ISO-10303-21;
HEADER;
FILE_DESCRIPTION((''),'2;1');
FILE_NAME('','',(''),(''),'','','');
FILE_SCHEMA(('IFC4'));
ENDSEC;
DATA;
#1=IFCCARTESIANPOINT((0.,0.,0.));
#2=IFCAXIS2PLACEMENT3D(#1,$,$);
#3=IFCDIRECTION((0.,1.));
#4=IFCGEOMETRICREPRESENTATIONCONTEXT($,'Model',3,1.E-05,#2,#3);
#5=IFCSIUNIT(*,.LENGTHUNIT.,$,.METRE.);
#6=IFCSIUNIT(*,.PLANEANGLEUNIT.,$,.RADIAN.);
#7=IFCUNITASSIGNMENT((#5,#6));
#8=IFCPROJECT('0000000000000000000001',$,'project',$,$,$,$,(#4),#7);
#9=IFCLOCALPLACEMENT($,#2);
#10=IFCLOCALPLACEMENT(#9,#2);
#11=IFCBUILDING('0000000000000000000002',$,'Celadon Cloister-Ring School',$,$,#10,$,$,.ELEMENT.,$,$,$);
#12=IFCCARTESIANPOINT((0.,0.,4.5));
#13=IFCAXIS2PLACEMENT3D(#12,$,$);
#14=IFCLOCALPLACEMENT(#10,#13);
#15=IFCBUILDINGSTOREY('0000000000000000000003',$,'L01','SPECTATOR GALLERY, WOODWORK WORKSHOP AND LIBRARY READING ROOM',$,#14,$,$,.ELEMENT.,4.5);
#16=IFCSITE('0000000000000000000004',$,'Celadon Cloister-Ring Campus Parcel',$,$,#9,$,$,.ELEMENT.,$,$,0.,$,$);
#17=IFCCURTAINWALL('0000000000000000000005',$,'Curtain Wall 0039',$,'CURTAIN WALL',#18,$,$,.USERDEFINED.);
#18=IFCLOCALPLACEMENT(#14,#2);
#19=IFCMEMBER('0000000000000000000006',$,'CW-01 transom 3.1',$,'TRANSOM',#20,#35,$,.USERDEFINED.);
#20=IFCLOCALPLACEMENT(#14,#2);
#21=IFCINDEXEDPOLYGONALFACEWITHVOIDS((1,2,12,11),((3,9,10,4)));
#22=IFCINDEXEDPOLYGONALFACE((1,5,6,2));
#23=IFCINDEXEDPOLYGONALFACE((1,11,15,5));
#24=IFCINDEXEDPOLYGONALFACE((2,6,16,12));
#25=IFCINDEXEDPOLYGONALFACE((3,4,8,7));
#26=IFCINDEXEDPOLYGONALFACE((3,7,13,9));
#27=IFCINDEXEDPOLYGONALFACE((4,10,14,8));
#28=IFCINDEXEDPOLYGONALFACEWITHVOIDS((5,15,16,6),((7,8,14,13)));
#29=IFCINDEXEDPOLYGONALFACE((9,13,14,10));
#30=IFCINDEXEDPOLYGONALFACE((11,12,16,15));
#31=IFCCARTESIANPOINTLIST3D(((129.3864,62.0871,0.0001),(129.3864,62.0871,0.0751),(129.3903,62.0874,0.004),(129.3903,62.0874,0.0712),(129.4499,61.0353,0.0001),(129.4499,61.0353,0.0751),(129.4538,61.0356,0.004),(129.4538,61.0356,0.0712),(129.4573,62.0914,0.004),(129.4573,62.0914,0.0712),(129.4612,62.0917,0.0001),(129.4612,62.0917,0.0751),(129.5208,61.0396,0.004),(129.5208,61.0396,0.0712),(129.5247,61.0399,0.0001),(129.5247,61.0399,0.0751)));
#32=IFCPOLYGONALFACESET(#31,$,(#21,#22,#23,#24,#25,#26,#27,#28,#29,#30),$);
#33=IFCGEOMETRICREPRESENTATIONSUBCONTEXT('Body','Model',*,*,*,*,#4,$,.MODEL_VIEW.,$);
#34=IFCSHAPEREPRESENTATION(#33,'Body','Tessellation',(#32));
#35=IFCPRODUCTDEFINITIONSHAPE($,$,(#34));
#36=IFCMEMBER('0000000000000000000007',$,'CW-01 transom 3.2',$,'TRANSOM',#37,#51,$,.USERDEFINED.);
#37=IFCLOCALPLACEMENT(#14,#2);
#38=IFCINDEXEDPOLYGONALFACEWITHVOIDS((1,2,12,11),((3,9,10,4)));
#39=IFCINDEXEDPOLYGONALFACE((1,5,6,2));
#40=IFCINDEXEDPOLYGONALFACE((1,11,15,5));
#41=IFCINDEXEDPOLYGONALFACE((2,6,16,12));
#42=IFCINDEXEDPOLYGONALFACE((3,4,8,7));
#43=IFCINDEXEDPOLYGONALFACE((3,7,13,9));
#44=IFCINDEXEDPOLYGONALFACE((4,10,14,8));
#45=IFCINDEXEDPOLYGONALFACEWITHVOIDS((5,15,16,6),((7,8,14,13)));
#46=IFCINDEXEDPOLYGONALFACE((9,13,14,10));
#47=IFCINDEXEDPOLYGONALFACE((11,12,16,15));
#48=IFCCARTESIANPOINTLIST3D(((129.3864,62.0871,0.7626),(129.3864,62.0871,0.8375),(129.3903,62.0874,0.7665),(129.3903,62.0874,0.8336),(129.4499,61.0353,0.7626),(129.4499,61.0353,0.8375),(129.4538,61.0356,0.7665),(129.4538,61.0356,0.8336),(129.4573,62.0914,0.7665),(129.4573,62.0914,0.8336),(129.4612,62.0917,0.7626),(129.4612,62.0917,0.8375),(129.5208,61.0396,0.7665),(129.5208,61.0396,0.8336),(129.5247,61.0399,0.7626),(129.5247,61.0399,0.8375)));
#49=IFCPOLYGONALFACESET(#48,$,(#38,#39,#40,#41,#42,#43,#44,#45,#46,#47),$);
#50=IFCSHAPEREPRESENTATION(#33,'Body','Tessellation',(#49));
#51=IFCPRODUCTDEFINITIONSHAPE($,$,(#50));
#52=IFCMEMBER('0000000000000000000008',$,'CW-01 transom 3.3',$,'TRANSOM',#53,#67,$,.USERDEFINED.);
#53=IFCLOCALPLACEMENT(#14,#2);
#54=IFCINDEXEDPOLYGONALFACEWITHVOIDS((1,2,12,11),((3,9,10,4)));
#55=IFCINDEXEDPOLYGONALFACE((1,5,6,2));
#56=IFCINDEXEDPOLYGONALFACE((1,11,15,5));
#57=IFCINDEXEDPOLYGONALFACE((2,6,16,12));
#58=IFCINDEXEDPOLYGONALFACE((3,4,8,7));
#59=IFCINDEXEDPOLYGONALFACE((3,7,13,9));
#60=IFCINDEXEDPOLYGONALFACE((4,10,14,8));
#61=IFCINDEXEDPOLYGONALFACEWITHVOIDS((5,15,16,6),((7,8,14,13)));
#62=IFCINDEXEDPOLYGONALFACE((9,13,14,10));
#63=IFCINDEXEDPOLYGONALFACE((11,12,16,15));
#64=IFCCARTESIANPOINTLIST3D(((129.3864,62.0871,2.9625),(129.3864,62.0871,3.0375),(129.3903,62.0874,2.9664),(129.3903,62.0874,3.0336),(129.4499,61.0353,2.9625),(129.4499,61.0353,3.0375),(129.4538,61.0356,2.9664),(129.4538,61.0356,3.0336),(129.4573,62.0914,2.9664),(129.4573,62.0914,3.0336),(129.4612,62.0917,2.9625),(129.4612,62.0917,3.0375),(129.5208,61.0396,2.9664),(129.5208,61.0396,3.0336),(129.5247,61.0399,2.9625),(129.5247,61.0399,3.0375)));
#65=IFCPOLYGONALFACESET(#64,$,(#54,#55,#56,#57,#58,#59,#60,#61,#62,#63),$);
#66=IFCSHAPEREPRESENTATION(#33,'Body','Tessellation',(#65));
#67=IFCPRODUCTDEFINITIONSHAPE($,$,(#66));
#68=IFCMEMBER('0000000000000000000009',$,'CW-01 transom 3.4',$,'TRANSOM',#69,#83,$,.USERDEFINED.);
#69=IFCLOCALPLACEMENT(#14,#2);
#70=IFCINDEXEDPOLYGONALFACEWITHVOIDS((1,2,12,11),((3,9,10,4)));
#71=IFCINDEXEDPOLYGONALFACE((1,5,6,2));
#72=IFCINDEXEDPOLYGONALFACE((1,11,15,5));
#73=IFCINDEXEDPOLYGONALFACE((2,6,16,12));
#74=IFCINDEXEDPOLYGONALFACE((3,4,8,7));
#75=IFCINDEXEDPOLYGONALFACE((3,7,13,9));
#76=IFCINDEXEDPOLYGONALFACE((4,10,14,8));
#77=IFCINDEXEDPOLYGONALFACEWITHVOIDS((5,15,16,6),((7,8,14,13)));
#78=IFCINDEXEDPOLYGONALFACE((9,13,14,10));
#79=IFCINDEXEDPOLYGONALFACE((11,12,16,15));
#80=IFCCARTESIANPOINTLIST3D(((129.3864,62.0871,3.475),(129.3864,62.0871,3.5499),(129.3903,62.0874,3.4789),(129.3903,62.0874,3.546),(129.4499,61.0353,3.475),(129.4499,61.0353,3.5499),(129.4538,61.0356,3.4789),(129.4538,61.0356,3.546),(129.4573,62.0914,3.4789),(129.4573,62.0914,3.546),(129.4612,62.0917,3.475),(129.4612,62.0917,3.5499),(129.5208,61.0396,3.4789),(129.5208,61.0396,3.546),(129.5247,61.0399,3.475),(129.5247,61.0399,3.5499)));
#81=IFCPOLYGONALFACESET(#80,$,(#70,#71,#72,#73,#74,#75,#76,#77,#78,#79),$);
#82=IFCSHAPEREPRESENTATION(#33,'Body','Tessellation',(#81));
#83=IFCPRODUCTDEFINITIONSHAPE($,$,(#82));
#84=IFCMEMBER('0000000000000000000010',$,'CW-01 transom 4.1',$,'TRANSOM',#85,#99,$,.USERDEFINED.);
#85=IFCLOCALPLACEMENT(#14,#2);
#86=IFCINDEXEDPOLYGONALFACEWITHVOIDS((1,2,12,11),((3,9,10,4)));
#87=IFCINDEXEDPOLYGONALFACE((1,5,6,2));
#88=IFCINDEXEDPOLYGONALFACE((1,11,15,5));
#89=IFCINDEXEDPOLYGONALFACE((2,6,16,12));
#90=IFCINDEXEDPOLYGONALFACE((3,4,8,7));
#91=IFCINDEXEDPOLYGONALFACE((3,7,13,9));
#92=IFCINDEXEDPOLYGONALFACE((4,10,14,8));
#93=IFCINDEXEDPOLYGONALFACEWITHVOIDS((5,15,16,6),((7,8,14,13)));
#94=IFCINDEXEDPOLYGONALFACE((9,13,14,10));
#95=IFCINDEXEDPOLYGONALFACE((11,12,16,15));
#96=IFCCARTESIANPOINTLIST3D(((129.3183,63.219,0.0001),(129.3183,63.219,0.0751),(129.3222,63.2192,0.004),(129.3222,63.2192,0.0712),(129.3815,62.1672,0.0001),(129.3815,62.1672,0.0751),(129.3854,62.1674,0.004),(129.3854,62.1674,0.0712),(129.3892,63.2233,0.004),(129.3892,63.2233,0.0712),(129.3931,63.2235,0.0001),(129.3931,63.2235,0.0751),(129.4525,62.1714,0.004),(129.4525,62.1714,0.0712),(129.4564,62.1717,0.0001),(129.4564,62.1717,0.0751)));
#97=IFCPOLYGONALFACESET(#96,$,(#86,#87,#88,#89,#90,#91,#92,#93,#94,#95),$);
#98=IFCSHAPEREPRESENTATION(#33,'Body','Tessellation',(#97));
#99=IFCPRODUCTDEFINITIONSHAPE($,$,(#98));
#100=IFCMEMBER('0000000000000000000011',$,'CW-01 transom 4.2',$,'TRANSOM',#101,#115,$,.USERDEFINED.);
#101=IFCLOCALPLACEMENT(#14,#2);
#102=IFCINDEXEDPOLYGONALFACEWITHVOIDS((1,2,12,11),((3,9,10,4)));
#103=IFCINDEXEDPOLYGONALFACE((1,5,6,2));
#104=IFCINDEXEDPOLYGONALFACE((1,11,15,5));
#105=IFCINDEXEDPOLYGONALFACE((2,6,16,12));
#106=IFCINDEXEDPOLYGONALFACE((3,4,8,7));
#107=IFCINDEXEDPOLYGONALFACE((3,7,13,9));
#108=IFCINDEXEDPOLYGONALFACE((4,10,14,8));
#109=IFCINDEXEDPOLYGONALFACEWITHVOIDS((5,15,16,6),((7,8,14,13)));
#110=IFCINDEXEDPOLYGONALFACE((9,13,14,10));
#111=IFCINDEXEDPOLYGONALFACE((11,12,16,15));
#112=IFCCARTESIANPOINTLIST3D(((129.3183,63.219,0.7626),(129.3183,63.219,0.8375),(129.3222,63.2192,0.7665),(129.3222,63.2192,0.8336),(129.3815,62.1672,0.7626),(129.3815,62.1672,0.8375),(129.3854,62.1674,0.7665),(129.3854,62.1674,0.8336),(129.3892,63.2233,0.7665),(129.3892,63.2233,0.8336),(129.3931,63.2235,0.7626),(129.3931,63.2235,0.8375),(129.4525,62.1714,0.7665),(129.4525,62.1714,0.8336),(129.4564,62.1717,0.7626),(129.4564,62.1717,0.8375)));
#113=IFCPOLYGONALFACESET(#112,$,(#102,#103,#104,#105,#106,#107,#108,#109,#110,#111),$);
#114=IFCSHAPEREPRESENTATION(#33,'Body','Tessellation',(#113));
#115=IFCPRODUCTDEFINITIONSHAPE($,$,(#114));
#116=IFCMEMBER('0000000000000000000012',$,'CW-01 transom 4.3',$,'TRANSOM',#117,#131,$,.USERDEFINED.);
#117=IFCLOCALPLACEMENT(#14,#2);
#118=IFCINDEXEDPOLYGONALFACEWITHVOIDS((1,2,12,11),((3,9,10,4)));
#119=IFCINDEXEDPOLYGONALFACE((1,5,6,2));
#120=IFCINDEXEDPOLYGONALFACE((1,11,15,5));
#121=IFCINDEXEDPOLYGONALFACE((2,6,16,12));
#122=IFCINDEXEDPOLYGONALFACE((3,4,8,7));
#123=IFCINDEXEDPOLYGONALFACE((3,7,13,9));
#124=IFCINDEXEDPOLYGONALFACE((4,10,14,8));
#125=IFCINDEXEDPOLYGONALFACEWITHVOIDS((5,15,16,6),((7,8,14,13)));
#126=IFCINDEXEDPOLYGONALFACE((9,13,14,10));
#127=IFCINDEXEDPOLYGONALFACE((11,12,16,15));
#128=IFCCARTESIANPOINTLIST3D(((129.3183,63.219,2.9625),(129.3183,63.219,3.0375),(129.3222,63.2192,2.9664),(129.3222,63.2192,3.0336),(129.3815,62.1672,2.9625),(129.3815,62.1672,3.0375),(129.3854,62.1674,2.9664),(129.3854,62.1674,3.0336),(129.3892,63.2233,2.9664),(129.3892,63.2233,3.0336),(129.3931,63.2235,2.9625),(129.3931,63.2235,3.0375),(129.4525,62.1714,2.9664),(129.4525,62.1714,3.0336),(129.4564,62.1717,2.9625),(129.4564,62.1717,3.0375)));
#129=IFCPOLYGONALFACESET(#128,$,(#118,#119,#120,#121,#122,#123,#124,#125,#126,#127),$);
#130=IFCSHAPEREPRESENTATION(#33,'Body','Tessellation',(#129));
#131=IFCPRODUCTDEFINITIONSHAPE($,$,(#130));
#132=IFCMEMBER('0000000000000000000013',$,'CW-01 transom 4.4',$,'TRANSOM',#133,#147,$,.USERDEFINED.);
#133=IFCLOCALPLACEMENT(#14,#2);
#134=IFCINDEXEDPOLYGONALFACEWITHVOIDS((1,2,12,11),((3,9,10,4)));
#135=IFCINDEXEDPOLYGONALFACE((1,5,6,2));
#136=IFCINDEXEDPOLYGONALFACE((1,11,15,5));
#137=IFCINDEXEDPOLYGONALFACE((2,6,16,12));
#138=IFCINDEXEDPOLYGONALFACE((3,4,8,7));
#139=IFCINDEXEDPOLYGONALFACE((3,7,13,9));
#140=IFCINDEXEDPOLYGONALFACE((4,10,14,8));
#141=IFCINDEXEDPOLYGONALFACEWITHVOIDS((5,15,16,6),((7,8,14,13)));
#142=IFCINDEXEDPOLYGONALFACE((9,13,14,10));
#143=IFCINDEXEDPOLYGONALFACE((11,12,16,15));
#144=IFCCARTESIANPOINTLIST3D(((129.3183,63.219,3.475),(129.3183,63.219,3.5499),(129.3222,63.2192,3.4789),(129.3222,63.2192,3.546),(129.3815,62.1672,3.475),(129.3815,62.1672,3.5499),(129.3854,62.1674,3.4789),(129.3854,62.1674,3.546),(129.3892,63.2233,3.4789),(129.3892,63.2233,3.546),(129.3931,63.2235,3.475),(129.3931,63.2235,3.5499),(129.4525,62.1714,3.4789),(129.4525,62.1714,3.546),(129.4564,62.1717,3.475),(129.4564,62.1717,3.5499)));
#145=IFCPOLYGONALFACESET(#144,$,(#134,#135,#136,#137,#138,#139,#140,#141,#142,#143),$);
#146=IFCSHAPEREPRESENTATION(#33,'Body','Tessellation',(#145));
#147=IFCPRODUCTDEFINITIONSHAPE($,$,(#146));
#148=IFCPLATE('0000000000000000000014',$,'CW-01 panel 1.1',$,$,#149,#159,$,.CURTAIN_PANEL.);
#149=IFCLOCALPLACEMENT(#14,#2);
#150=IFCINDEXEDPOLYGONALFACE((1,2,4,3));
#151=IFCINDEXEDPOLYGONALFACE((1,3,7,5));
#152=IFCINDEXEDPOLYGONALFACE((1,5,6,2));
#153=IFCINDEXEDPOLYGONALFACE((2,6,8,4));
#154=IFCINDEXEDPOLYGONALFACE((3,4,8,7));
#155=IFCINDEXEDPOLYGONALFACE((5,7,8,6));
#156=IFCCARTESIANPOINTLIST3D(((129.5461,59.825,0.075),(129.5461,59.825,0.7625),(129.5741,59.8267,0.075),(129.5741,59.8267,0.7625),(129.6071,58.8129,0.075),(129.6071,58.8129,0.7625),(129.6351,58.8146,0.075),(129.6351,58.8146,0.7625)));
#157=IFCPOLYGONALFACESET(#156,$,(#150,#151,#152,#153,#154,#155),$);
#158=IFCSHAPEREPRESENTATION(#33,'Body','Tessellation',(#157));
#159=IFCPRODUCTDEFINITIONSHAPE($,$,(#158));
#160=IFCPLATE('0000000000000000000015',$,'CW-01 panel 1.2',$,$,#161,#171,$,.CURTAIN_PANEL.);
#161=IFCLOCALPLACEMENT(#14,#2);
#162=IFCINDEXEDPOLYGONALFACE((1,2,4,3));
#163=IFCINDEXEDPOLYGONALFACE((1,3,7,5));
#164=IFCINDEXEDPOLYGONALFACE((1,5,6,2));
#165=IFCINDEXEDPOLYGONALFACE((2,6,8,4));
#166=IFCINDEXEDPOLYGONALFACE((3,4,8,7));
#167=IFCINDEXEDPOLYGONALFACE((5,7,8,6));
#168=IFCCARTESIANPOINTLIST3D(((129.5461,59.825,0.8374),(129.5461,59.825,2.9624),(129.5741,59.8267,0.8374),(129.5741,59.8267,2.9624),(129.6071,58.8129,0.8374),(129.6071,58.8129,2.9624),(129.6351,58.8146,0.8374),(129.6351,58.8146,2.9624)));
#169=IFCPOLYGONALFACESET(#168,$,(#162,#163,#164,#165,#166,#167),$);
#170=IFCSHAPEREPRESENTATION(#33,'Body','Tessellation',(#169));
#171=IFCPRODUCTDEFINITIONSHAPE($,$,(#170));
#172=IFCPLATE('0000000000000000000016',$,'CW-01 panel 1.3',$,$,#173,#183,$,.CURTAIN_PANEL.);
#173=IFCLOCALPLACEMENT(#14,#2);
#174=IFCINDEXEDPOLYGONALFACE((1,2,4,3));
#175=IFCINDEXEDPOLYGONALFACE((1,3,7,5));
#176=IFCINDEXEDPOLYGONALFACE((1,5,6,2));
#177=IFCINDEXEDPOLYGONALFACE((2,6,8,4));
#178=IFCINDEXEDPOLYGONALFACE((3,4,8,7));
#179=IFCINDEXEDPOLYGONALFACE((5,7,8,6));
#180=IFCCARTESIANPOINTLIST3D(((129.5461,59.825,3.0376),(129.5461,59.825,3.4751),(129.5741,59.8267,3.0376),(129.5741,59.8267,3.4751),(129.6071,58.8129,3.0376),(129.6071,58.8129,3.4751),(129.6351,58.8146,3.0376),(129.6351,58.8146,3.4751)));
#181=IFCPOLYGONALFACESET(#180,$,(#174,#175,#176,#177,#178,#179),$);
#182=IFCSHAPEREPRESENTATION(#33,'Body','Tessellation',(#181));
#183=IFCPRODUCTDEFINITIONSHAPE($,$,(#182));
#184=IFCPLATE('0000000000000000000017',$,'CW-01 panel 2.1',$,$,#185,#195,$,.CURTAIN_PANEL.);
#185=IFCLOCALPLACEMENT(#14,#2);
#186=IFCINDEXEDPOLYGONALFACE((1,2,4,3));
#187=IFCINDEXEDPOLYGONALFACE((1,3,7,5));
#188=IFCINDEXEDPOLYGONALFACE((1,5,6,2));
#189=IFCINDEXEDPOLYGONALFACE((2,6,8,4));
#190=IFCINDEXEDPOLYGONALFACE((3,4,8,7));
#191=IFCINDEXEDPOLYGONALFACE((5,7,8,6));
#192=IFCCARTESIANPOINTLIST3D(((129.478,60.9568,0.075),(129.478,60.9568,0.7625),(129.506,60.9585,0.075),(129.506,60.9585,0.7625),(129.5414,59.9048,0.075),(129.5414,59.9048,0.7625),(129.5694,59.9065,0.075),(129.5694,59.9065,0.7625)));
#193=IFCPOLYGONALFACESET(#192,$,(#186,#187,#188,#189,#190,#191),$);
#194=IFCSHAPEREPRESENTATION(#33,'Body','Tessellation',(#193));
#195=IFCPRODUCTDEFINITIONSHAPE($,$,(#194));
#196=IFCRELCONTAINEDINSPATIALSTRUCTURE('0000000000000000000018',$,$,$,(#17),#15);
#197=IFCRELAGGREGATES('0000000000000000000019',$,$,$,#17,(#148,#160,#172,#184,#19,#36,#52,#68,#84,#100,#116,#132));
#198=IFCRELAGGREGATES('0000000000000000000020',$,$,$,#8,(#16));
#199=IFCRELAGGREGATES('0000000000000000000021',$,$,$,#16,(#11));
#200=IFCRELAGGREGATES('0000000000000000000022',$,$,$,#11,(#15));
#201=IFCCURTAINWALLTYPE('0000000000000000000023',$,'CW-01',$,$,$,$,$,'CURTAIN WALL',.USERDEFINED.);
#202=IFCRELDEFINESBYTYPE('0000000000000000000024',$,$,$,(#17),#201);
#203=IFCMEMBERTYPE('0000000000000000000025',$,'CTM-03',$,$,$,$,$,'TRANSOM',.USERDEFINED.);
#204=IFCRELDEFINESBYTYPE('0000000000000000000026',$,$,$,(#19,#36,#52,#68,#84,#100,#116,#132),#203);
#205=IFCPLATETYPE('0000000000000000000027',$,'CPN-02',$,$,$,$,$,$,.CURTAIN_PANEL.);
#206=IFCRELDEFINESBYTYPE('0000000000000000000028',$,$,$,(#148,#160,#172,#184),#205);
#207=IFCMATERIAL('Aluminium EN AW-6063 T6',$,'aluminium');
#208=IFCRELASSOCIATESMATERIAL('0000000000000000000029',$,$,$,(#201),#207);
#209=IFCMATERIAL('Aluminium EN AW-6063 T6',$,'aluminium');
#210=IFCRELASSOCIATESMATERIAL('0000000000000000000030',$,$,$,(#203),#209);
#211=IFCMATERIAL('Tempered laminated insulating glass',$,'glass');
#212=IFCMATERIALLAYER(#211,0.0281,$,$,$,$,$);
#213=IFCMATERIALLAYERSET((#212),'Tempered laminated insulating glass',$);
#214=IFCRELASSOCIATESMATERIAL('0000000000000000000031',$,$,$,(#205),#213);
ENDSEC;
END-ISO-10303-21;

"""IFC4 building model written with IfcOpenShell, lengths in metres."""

from ifc_helpers import new_model, si_unit, direction, frame, origin, origin_2d, place, context, subcontext, project, spatial, rectangle, hollow_rectangle, extrude, material, layer, layer_set, material_profile, profile_set, type_object, element, aggregate, save


model = new_model("IFC4")

# Units and contexts
model_context = context("Model", 3, precision=1e-05, world=origin(), true_north=direction((0.0, 1.0)))
body_context = subcontext(model_context, "Body", "Model", "MODEL_VIEW")
ifc_project = project(units=[si_unit("LENGTHUNIT", "METRE"), si_unit("PLANEANGLEUNIT", "RADIAN")], contexts=[model_context])

# Site, building, storey
site_placement = place(None, origin())
site = spatial("IfcSite", under=ifc_project, at=site_placement, Name="Celadon Cloister-Ring Campus Parcel", CompositionType="ELEMENT", RefElevation=0.0)
building_placement = place(site_placement, origin())
building = spatial("IfcBuilding", under=site, at=building_placement, Name="Celadon Cloister-Ring School", CompositionType="ELEMENT")
storey_placement = place(building_placement, frame((0.0, 0.0, 4.5)))
storey = spatial("IfcBuildingStorey", under=building, at=storey_placement, Name="L01", Description="SPECTATOR GALLERY, WOODWORK WORKSHOP AND LIBRARY READING ROOM", CompositionType="ELEMENT", Elevation=4.5)

# Curtain wall, members, plates
ifc_material_1 = material(Name="Aluminium EN AW-6063 T6", Category="aluminium")
curtain_wall_type = type_object("IfcCurtainWallType", Name="CW-01", ElementType="CURTAIN WALL", PredefinedType="USERDEFINED", material=ifc_material_1)
curtain_wall_placement = place(storey_placement, origin())
curtain_wall = element("IfcCurtainWall", 1, at=curtain_wall_placement, inside=storey, type_object=curtain_wall_type, Name="Curtain Wall 0039", ObjectType="CURTAIN WALL", PredefinedType="USERDEFINED")
ifc_material_2 = material(Name="Aluminium EN AW-6063 T6", Category="aluminium")
ifc_material_profile_1 = material_profile(ifc_material_2, hollow_rectangle(XDim=0.075, YDim=0.075, WallThickness=0.0039, at=origin_2d()), Name="RHS75X75X4")
ifc_profile_set_1 = profile_set([ifc_material_profile_1], Name="Aluminium EN AW-6063 T6")
member_type_1 = type_object("IfcMemberType", Name="CTM-03", ElementType="TRANSOM", PredefinedType="USERDEFINED", material=ifc_profile_set_1)
member_1_placement = place(storey_placement, frame((129.4873, 61.0376, 0.0376), z_axis=(-0.060243, 0.998184, 0.0), x_axis=(-0.998184, -0.060243, 0.0)))
member_1 = element("IfcMember", 2, at=member_1_placement, type_object=member_type_1, Name="CW-01 transom 3.1", ObjectType="TRANSOM", PredefinedType="USERDEFINED", context=body_context, shape_type="SweptSolid", body=[
    extrude(hollow_rectangle(XDim=0.075, YDim=0.075, WallThickness=0.0039, at=origin_2d()), origin(), (0.0, 0.0, 1.0), 1.0537),
])
member_2_placement = place(storey_placement, frame((129.4873, 61.0376, 0.8), z_axis=(-0.060243, 0.998184, 0.0), x_axis=(-0.998184, -0.060243, 0.0)))
member_2 = element("IfcMember", 3, at=member_2_placement, type_object=member_type_1, Name="CW-01 transom 3.2", ObjectType="TRANSOM", PredefinedType="USERDEFINED", context=body_context, shape_type="SweptSolid", body=[
    extrude(hollow_rectangle(XDim=0.075, YDim=0.075, WallThickness=0.0039, at=origin_2d()), origin(), (0.0, 0.0, 1.0), 1.0537),
])
member_3_placement = place(storey_placement, frame((129.4873, 61.0376, 3.0), z_axis=(-0.060243, 0.998184, 0.0), x_axis=(-0.998184, -0.060243, 0.0)))
member_3 = element("IfcMember", 4, at=member_3_placement, type_object=member_type_1, Name="CW-01 transom 3.3", ObjectType="TRANSOM", PredefinedType="USERDEFINED", context=body_context, shape_type="SweptSolid", body=[
    extrude(hollow_rectangle(XDim=0.075, YDim=0.075, WallThickness=0.0039, at=origin_2d()), origin(), (0.0, 0.0, 1.0), 1.0537),
])
member_4_placement = place(storey_placement, frame((129.4873, 61.0376, 3.5125), z_axis=(-0.060243, 0.998184, 0.0), x_axis=(-0.998184, -0.060243, 0.0)))
member_4 = element("IfcMember", 5, at=member_4_placement, type_object=member_type_1, Name="CW-01 transom 3.4", ObjectType="TRANSOM", PredefinedType="USERDEFINED", context=body_context, shape_type="SweptSolid", body=[
    extrude(hollow_rectangle(XDim=0.075, YDim=0.075, WallThickness=0.0039, at=origin_2d()), origin(), (0.0, 0.0, 1.0), 1.0537),
])
member_5_placement = place(storey_placement, frame((129.4189, 62.1694, 0.0376), z_axis=(-0.060012, 0.998198, 0.0), x_axis=(-0.998198, -0.060012, 0.0)))
member_5 = element("IfcMember", 6, at=member_5_placement, type_object=member_type_1, Name="CW-01 transom 4.1", ObjectType="TRANSOM", PredefinedType="USERDEFINED", context=body_context, shape_type="SweptSolid", body=[
    extrude(hollow_rectangle(XDim=0.075, YDim=0.075, WallThickness=0.0039, at=origin_2d()), origin(), (0.0, 0.0, 1.0), 1.0537),
])
member_6_placement = place(storey_placement, frame((129.4189, 62.1694, 0.8), z_axis=(-0.060012, 0.998198, 0.0), x_axis=(-0.998198, -0.060012, 0.0)))
member_6 = element("IfcMember", 7, at=member_6_placement, type_object=member_type_1, Name="CW-01 transom 4.2", ObjectType="TRANSOM", PredefinedType="USERDEFINED", context=body_context, shape_type="SweptSolid", body=[
    extrude(hollow_rectangle(XDim=0.075, YDim=0.075, WallThickness=0.0039, at=origin_2d()), origin(), (0.0, 0.0, 1.0), 1.0537),
])
member_7_placement = place(storey_placement, frame((129.4189, 62.1694, 3.0), z_axis=(-0.060012, 0.998198, 0.0), x_axis=(-0.998198, -0.060012, 0.0)))
member_7 = element("IfcMember", 8, at=member_7_placement, type_object=member_type_1, Name="CW-01 transom 4.3", ObjectType="TRANSOM", PredefinedType="USERDEFINED", context=body_context, shape_type="SweptSolid", body=[
    extrude(hollow_rectangle(XDim=0.075, YDim=0.075, WallThickness=0.0039, at=origin_2d()), origin(), (0.0, 0.0, 1.0), 1.0537),
])
member_8_placement = place(storey_placement, frame((129.4189, 62.1694, 3.5125), z_axis=(-0.060012, 0.998198, 0.0), x_axis=(-0.998198, -0.060012, 0.0)))
member_8 = element("IfcMember", 9, at=member_8_placement, type_object=member_type_1, Name="CW-01 transom 4.4", ObjectType="TRANSOM", PredefinedType="USERDEFINED", context=body_context, shape_type="SweptSolid", body=[
    extrude(hollow_rectangle(XDim=0.075, YDim=0.075, WallThickness=0.0039, at=origin_2d()), origin(), (0.0, 0.0, 1.0), 1.0537),
])
ifc_material_3 = material(Name="Tempered laminated insulating glass", Category="glass")
ifc_layer = layer(ifc_material_3, 0.0281)
ifc_layer_set = layer_set([ifc_layer], Name="Tempered laminated insulating glass")
plate_type = type_object("IfcPlateType", Name="CPN-02", PredefinedType="CURTAIN_PANEL", material=ifc_layer_set)
plate_1_placement = place(storey_placement, frame((129.5906, 59.3198, 0.075), z_axis=(0.0, 0.0, 1.0), x_axis=(-0.060149, 0.998189, 0.0)))
plate_1 = element("IfcPlate", 10, at=plate_1_placement, type_object=plate_type, Name="CW-01 panel 1.1", PredefinedType="CURTAIN_PANEL", context=body_context, shape_type="SweptSolid", body=[
    extrude(rectangle(XDim=1.0139, YDim=0.0281, at=origin_2d()), origin(), (0.0, 0.0, 1.0), 0.6875),
])
plate_2_placement = place(storey_placement, frame((129.5906, 59.3198, 0.8374), z_axis=(0.0, 0.0, 1.0), x_axis=(-0.060149, 0.998189, 0.0)))
plate_2 = element("IfcPlate", 11, at=plate_2_placement, type_object=plate_type, Name="CW-01 panel 1.2", PredefinedType="CURTAIN_PANEL", context=body_context, shape_type="SweptSolid", body=[
    extrude(rectangle(XDim=1.0139, YDim=0.0281, at=origin_2d()), origin(), (0.0, 0.0, 1.0), 2.125),
])
plate_3_placement = place(storey_placement, frame((129.5906, 59.3198, 3.0376), z_axis=(0.0, 0.0, 1.0), x_axis=(-0.060149, 0.998189, 0.0)))
plate_3 = element("IfcPlate", 12, at=plate_3_placement, type_object=plate_type, Name="CW-01 panel 1.3", PredefinedType="CURTAIN_PANEL", context=body_context, shape_type="SweptSolid", body=[
    extrude(rectangle(XDim=1.0139, YDim=0.0281, at=origin_2d()), origin(), (0.0, 0.0, 1.0), 0.4375),
])
plate_4_placement = place(storey_placement, frame((129.5237, 60.4316, 0.075), z_axis=(0.0, 0.0, 1.0), x_axis=(-0.060149, 0.998189, 0.0)))
plate_4 = element("IfcPlate", 13, at=plate_4_placement, type_object=plate_type, Name="CW-01 panel 2.1", PredefinedType="CURTAIN_PANEL", context=body_context, shape_type="SweptSolid", body=[
    extrude(rectangle(XDim=1.054, YDim=0.0281, at=origin_2d()), origin(), (0.0, 0.0, 1.0), 0.6875),
])
aggregate(curtain_wall, [plate_1, plate_2, plate_3, plate_4, member_1, member_2, member_3, member_4, member_5, member_6, member_7, member_8])

save(model, "model.ifc")
